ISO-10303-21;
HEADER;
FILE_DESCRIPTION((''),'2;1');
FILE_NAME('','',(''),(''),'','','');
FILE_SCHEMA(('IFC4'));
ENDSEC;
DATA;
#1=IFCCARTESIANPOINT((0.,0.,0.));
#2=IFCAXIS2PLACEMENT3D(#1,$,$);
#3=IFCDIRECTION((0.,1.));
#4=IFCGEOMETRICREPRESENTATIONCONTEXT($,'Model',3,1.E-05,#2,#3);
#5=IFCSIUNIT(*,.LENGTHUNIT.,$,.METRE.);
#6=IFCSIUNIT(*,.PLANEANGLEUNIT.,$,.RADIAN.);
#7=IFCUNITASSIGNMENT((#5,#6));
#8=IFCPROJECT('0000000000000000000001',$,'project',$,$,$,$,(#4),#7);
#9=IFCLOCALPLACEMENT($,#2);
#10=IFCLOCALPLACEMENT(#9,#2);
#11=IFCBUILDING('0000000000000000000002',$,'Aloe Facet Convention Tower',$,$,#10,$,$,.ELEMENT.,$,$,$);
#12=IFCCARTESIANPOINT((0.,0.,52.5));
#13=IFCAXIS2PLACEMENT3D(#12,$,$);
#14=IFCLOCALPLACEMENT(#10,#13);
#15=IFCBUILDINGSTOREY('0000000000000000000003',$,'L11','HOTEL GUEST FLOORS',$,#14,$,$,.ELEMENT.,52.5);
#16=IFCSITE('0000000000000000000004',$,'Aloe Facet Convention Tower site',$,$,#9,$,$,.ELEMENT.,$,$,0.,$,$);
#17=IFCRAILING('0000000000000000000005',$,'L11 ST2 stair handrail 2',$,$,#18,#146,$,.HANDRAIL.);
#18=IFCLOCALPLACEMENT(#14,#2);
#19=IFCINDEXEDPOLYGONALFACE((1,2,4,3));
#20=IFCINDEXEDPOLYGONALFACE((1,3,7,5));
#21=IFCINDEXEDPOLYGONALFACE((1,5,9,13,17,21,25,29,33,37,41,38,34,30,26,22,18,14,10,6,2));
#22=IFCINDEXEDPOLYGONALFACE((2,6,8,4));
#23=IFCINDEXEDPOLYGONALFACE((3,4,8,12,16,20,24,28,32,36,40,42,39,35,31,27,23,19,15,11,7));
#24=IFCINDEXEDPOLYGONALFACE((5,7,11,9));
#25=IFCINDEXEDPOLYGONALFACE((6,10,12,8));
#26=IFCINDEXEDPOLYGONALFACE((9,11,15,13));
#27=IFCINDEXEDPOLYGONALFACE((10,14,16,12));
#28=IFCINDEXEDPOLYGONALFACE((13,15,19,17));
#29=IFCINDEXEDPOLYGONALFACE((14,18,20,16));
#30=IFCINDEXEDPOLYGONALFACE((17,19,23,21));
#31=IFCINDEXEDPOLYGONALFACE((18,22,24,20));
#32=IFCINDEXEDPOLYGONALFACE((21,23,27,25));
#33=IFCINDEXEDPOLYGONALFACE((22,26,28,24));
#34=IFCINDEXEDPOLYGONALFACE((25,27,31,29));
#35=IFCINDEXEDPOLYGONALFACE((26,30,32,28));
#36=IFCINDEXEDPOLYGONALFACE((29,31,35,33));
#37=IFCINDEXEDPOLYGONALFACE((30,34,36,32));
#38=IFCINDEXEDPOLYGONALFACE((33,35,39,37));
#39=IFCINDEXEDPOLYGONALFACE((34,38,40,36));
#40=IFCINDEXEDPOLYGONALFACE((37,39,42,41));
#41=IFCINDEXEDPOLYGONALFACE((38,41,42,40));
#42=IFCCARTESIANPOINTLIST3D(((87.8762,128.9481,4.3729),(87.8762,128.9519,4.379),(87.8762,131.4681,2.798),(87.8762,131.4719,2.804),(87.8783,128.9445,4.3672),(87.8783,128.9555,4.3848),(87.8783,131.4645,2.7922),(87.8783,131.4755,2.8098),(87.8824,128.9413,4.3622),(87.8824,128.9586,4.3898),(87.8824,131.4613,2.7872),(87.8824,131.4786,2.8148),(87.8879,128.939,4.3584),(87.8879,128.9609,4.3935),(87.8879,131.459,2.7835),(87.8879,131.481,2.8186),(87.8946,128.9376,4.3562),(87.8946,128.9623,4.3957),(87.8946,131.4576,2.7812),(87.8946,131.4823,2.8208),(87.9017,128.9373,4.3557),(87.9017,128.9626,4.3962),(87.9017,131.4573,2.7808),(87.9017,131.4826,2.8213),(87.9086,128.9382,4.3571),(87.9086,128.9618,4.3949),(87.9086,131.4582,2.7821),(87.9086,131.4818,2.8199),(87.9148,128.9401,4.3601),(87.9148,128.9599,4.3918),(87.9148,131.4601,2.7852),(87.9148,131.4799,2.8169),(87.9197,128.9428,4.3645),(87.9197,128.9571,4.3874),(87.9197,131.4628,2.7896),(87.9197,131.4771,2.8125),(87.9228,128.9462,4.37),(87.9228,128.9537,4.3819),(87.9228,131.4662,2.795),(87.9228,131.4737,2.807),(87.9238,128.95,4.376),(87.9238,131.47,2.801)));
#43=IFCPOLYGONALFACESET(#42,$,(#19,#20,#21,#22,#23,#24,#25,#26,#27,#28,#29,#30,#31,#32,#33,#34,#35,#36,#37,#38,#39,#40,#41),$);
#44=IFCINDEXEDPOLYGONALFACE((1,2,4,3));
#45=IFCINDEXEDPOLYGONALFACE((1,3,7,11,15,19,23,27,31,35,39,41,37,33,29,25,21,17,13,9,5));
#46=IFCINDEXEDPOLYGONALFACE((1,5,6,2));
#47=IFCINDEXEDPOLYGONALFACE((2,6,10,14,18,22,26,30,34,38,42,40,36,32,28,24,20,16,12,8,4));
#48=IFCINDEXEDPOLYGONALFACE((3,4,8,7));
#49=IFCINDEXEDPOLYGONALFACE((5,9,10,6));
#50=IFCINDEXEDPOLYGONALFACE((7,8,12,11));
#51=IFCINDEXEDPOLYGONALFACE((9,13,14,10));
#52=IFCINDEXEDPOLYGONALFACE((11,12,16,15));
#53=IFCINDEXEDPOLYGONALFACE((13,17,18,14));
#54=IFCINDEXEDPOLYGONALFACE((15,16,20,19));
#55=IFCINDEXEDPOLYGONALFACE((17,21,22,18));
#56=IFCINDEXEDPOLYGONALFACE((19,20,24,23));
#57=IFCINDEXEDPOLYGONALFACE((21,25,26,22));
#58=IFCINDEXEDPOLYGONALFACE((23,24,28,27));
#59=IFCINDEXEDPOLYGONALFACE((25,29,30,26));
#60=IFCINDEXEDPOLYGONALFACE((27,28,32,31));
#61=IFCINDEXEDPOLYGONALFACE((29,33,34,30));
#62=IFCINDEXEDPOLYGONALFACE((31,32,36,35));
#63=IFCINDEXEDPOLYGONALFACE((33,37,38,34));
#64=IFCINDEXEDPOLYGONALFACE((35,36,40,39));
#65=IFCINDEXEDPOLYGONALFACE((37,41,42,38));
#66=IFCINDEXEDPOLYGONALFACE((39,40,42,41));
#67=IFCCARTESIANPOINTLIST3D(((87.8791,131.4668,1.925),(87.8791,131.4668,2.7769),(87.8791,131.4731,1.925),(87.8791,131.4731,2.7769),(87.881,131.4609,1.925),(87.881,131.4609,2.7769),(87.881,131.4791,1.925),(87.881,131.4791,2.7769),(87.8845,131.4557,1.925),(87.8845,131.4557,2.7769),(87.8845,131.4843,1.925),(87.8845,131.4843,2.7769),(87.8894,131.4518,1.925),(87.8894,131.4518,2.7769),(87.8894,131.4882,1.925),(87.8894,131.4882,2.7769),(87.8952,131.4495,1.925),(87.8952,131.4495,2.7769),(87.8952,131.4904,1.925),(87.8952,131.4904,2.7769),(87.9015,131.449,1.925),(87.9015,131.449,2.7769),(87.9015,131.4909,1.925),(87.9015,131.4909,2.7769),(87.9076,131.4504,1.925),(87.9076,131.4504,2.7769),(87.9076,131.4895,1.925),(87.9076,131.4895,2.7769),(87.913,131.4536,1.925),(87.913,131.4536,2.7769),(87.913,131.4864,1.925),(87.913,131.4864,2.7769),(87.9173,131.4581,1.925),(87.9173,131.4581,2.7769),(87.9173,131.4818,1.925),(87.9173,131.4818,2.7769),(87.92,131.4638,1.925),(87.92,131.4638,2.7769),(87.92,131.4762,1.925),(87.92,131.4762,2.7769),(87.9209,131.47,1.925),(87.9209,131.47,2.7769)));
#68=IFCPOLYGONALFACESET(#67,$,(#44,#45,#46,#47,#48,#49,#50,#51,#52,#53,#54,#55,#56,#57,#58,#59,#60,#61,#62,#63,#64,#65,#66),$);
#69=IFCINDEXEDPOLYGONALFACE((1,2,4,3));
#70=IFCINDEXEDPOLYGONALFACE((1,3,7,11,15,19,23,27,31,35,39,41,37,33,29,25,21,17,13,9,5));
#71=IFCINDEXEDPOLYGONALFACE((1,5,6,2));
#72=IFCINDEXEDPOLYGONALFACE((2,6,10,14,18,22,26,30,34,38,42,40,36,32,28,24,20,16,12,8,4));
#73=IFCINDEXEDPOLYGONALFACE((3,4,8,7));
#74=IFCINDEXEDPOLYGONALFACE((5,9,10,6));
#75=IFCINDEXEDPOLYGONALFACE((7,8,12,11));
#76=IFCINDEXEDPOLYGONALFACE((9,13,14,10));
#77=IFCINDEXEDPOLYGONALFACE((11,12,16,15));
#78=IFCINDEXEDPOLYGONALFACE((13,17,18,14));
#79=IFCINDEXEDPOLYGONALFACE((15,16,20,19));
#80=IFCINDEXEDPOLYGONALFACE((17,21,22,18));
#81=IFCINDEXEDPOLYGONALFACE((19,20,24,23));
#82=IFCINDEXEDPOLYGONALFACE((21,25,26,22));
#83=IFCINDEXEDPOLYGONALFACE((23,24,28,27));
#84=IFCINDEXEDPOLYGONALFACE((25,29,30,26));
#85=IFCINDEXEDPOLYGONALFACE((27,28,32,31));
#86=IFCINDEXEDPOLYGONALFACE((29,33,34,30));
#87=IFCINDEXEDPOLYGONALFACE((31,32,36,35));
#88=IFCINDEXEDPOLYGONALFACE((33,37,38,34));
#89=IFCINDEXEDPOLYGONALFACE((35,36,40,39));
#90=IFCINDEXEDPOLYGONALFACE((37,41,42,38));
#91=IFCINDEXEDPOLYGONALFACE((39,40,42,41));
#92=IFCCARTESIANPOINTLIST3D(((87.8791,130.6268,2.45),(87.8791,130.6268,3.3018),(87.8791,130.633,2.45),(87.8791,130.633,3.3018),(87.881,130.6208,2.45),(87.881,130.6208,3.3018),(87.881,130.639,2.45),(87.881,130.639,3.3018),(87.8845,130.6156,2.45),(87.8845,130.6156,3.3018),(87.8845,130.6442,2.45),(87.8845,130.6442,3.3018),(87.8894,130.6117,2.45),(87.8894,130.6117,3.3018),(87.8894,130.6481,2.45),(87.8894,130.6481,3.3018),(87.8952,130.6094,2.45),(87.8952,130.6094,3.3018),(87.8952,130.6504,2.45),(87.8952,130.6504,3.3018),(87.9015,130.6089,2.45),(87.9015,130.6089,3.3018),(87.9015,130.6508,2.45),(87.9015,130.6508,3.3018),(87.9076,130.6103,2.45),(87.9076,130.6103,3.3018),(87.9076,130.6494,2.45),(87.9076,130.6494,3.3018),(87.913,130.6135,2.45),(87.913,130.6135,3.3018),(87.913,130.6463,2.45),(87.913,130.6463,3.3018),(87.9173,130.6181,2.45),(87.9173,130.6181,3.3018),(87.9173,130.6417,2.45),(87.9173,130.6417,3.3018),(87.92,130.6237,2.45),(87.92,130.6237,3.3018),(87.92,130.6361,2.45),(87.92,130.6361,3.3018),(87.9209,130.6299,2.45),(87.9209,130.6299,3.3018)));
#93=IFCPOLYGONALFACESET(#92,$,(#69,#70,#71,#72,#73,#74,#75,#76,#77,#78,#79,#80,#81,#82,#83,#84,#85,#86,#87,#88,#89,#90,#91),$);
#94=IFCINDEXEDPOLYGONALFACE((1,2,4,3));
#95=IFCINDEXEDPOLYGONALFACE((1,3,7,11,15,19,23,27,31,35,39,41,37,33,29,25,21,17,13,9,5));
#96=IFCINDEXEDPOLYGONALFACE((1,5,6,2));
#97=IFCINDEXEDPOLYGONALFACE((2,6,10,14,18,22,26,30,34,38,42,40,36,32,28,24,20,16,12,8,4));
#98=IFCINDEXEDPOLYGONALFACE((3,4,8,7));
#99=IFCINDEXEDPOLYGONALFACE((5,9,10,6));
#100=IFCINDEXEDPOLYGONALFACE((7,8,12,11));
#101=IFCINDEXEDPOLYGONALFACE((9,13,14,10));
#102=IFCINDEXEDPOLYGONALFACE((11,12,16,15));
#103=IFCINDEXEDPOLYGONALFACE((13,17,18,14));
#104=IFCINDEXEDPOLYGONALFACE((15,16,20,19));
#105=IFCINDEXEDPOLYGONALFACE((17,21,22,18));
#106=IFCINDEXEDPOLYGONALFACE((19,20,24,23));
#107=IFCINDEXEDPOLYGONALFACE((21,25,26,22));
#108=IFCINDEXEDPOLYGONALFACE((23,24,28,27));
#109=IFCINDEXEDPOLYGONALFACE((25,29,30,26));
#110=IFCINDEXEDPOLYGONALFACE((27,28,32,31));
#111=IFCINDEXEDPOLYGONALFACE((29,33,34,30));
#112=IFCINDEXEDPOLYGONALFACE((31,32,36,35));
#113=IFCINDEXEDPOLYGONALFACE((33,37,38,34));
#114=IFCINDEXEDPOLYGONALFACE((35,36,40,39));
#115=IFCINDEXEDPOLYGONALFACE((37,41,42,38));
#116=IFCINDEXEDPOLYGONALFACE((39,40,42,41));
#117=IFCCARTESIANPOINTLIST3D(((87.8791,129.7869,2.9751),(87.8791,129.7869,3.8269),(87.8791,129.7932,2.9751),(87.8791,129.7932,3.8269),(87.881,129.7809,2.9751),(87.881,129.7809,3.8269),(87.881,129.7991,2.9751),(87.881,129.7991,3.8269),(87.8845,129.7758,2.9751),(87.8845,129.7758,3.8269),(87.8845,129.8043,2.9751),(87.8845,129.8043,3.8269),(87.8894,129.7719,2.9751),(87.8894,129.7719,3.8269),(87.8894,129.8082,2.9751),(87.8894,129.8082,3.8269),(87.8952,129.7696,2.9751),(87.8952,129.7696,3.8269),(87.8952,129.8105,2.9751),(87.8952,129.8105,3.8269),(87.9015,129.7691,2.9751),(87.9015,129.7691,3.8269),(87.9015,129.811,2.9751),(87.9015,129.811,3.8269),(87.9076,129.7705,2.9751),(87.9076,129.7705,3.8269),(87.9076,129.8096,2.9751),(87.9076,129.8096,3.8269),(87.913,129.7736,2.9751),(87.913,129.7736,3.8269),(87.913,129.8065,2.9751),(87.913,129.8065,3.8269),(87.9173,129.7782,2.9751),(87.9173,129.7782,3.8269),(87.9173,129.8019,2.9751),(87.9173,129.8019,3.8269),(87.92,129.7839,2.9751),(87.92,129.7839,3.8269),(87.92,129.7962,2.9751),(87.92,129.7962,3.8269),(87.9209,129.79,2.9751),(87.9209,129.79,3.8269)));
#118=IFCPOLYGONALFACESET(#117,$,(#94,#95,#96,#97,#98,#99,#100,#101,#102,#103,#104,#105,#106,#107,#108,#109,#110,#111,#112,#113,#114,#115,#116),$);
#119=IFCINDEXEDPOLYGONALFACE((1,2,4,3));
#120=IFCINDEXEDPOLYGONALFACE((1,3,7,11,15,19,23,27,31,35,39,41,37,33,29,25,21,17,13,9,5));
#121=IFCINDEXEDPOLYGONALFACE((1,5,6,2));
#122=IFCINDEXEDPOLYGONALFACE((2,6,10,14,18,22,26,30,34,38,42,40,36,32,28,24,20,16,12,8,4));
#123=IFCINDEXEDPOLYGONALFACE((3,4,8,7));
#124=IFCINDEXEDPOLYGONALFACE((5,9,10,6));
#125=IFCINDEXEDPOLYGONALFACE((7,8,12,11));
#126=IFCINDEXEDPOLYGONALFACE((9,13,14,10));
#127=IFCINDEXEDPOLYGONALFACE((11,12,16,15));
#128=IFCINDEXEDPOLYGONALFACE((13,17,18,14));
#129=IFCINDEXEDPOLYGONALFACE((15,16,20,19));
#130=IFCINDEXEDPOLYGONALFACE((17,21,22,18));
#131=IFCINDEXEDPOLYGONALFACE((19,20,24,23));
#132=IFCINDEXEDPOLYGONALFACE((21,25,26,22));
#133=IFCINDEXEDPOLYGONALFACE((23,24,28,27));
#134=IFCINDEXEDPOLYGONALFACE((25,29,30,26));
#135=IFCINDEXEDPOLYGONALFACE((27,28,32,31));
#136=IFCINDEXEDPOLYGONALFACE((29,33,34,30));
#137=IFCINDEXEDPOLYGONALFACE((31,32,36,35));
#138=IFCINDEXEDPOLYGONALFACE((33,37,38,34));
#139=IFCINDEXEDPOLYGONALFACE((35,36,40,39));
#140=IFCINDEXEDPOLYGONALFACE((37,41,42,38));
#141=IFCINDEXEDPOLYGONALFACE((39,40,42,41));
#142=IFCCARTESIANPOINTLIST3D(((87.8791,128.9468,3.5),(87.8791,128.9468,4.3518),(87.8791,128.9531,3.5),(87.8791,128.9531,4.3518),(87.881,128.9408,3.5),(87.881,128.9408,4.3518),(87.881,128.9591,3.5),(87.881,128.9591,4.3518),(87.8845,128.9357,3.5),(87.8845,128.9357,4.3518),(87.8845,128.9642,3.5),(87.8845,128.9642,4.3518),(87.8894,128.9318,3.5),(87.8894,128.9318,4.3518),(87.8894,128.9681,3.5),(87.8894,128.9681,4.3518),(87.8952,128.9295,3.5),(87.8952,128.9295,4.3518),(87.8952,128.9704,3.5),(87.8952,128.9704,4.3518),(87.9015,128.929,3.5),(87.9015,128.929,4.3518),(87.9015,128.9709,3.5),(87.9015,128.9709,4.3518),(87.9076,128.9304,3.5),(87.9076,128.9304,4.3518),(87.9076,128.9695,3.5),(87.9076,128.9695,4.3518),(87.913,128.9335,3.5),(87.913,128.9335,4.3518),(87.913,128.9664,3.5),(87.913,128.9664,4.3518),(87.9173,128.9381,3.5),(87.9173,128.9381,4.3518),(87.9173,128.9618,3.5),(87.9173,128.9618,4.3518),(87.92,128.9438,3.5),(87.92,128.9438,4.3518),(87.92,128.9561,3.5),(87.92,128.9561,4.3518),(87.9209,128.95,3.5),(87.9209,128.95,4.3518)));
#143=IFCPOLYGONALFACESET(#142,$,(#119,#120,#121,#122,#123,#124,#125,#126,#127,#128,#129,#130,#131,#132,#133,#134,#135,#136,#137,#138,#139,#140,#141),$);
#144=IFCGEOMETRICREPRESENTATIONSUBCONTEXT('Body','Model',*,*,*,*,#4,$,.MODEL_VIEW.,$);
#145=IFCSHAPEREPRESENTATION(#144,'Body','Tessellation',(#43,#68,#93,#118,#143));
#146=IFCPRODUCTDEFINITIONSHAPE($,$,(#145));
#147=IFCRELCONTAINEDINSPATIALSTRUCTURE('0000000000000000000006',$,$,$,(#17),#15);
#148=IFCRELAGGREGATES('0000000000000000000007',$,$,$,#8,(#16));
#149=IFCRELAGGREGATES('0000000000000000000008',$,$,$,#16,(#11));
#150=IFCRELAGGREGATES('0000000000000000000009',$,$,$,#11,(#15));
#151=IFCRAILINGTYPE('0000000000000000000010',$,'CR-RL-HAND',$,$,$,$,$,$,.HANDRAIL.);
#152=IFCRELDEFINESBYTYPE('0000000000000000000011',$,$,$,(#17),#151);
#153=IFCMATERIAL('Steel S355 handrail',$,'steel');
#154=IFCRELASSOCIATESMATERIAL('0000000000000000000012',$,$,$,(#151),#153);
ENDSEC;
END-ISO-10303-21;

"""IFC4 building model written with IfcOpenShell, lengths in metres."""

from ifc_helpers import new_model, si_unit, direction, frame, origin, origin_2d, place, context, subcontext, project, spatial, circle, extrude, material, type_object, element, save


model = new_model("IFC4")

# Units and contexts
model_context = context("Model", 3, precision=1e-05, world=origin(), true_north=direction((0.0, 1.0)))
body_context = subcontext(model_context, "Body", "Model", "MODEL_VIEW")
ifc_project = project(units=[si_unit("LENGTHUNIT", "METRE"), si_unit("PLANEANGLEUNIT", "RADIAN")], contexts=[model_context])

# Site, building, storey
site_placement = place(None, origin())
site = spatial("IfcSite", under=ifc_project, at=site_placement, Name="Aloe Facet Convention Tower site", CompositionType="ELEMENT", RefElevation=0.0)
building_placement = place(site_placement, origin())
building = spatial("IfcBuilding", under=site, at=building_placement, Name="Aloe Facet Convention Tower", CompositionType="ELEMENT")
storey_placement = place(building_placement, frame((0.0, 0.0, 52.5)))
storey = spatial("IfcBuildingStorey", under=building, at=storey_placement, Name="L11", Description="HOTEL GUEST FLOORS", CompositionType="ELEMENT", Elevation=52.5)

# Railing
ifc_material_1 = material(Name="Steel S355 handrail", Category="steel")
railing_type_1 = type_object("IfcRailingType", Name="CR-RL-HAND", PredefinedType="HANDRAIL", material=ifc_material_1)
railing_1_placement = place(storey_placement, frame((87.8999, 131.47, 1.925)))
element("IfcRailing", 1, at=railing_1_placement, inside=storey, type_object=railing_type_1, Name="L11 ST2 stair handrail 2", PredefinedType="HANDRAIL", context=body_context, shape_type="SweptSolid", body=[
    extrude(circle(Radius=0.0239, at=origin_2d()), frame((0.0, 0.0, 0.876), z_axis=(0.0, -0.848008, 0.529984), x_axis=(1.0, 0.0, 0.0)), (0.0, 0.0, 1.0), 2.9717),
    extrude(circle(Radius=0.021, at=origin_2d()), origin(), (0.0, 0.0, 1.0), 0.8518),
    extrude(circle(Radius=0.021, at=origin_2d()), frame((0.0, -0.8401, 0.5249)), (0.0, 0.0, 1.0), 0.8518),
    extrude(circle(Radius=0.021, at=origin_2d()), frame((0.0, -1.6799, 1.05)), (0.0, 0.0, 1.0), 0.8518),
    extrude(circle(Radius=0.021, at=origin_2d()), frame((0.0, -2.52, 1.575)), (0.0, 0.0, 1.0), 0.8518),
])

save(model, "model.ifc")
